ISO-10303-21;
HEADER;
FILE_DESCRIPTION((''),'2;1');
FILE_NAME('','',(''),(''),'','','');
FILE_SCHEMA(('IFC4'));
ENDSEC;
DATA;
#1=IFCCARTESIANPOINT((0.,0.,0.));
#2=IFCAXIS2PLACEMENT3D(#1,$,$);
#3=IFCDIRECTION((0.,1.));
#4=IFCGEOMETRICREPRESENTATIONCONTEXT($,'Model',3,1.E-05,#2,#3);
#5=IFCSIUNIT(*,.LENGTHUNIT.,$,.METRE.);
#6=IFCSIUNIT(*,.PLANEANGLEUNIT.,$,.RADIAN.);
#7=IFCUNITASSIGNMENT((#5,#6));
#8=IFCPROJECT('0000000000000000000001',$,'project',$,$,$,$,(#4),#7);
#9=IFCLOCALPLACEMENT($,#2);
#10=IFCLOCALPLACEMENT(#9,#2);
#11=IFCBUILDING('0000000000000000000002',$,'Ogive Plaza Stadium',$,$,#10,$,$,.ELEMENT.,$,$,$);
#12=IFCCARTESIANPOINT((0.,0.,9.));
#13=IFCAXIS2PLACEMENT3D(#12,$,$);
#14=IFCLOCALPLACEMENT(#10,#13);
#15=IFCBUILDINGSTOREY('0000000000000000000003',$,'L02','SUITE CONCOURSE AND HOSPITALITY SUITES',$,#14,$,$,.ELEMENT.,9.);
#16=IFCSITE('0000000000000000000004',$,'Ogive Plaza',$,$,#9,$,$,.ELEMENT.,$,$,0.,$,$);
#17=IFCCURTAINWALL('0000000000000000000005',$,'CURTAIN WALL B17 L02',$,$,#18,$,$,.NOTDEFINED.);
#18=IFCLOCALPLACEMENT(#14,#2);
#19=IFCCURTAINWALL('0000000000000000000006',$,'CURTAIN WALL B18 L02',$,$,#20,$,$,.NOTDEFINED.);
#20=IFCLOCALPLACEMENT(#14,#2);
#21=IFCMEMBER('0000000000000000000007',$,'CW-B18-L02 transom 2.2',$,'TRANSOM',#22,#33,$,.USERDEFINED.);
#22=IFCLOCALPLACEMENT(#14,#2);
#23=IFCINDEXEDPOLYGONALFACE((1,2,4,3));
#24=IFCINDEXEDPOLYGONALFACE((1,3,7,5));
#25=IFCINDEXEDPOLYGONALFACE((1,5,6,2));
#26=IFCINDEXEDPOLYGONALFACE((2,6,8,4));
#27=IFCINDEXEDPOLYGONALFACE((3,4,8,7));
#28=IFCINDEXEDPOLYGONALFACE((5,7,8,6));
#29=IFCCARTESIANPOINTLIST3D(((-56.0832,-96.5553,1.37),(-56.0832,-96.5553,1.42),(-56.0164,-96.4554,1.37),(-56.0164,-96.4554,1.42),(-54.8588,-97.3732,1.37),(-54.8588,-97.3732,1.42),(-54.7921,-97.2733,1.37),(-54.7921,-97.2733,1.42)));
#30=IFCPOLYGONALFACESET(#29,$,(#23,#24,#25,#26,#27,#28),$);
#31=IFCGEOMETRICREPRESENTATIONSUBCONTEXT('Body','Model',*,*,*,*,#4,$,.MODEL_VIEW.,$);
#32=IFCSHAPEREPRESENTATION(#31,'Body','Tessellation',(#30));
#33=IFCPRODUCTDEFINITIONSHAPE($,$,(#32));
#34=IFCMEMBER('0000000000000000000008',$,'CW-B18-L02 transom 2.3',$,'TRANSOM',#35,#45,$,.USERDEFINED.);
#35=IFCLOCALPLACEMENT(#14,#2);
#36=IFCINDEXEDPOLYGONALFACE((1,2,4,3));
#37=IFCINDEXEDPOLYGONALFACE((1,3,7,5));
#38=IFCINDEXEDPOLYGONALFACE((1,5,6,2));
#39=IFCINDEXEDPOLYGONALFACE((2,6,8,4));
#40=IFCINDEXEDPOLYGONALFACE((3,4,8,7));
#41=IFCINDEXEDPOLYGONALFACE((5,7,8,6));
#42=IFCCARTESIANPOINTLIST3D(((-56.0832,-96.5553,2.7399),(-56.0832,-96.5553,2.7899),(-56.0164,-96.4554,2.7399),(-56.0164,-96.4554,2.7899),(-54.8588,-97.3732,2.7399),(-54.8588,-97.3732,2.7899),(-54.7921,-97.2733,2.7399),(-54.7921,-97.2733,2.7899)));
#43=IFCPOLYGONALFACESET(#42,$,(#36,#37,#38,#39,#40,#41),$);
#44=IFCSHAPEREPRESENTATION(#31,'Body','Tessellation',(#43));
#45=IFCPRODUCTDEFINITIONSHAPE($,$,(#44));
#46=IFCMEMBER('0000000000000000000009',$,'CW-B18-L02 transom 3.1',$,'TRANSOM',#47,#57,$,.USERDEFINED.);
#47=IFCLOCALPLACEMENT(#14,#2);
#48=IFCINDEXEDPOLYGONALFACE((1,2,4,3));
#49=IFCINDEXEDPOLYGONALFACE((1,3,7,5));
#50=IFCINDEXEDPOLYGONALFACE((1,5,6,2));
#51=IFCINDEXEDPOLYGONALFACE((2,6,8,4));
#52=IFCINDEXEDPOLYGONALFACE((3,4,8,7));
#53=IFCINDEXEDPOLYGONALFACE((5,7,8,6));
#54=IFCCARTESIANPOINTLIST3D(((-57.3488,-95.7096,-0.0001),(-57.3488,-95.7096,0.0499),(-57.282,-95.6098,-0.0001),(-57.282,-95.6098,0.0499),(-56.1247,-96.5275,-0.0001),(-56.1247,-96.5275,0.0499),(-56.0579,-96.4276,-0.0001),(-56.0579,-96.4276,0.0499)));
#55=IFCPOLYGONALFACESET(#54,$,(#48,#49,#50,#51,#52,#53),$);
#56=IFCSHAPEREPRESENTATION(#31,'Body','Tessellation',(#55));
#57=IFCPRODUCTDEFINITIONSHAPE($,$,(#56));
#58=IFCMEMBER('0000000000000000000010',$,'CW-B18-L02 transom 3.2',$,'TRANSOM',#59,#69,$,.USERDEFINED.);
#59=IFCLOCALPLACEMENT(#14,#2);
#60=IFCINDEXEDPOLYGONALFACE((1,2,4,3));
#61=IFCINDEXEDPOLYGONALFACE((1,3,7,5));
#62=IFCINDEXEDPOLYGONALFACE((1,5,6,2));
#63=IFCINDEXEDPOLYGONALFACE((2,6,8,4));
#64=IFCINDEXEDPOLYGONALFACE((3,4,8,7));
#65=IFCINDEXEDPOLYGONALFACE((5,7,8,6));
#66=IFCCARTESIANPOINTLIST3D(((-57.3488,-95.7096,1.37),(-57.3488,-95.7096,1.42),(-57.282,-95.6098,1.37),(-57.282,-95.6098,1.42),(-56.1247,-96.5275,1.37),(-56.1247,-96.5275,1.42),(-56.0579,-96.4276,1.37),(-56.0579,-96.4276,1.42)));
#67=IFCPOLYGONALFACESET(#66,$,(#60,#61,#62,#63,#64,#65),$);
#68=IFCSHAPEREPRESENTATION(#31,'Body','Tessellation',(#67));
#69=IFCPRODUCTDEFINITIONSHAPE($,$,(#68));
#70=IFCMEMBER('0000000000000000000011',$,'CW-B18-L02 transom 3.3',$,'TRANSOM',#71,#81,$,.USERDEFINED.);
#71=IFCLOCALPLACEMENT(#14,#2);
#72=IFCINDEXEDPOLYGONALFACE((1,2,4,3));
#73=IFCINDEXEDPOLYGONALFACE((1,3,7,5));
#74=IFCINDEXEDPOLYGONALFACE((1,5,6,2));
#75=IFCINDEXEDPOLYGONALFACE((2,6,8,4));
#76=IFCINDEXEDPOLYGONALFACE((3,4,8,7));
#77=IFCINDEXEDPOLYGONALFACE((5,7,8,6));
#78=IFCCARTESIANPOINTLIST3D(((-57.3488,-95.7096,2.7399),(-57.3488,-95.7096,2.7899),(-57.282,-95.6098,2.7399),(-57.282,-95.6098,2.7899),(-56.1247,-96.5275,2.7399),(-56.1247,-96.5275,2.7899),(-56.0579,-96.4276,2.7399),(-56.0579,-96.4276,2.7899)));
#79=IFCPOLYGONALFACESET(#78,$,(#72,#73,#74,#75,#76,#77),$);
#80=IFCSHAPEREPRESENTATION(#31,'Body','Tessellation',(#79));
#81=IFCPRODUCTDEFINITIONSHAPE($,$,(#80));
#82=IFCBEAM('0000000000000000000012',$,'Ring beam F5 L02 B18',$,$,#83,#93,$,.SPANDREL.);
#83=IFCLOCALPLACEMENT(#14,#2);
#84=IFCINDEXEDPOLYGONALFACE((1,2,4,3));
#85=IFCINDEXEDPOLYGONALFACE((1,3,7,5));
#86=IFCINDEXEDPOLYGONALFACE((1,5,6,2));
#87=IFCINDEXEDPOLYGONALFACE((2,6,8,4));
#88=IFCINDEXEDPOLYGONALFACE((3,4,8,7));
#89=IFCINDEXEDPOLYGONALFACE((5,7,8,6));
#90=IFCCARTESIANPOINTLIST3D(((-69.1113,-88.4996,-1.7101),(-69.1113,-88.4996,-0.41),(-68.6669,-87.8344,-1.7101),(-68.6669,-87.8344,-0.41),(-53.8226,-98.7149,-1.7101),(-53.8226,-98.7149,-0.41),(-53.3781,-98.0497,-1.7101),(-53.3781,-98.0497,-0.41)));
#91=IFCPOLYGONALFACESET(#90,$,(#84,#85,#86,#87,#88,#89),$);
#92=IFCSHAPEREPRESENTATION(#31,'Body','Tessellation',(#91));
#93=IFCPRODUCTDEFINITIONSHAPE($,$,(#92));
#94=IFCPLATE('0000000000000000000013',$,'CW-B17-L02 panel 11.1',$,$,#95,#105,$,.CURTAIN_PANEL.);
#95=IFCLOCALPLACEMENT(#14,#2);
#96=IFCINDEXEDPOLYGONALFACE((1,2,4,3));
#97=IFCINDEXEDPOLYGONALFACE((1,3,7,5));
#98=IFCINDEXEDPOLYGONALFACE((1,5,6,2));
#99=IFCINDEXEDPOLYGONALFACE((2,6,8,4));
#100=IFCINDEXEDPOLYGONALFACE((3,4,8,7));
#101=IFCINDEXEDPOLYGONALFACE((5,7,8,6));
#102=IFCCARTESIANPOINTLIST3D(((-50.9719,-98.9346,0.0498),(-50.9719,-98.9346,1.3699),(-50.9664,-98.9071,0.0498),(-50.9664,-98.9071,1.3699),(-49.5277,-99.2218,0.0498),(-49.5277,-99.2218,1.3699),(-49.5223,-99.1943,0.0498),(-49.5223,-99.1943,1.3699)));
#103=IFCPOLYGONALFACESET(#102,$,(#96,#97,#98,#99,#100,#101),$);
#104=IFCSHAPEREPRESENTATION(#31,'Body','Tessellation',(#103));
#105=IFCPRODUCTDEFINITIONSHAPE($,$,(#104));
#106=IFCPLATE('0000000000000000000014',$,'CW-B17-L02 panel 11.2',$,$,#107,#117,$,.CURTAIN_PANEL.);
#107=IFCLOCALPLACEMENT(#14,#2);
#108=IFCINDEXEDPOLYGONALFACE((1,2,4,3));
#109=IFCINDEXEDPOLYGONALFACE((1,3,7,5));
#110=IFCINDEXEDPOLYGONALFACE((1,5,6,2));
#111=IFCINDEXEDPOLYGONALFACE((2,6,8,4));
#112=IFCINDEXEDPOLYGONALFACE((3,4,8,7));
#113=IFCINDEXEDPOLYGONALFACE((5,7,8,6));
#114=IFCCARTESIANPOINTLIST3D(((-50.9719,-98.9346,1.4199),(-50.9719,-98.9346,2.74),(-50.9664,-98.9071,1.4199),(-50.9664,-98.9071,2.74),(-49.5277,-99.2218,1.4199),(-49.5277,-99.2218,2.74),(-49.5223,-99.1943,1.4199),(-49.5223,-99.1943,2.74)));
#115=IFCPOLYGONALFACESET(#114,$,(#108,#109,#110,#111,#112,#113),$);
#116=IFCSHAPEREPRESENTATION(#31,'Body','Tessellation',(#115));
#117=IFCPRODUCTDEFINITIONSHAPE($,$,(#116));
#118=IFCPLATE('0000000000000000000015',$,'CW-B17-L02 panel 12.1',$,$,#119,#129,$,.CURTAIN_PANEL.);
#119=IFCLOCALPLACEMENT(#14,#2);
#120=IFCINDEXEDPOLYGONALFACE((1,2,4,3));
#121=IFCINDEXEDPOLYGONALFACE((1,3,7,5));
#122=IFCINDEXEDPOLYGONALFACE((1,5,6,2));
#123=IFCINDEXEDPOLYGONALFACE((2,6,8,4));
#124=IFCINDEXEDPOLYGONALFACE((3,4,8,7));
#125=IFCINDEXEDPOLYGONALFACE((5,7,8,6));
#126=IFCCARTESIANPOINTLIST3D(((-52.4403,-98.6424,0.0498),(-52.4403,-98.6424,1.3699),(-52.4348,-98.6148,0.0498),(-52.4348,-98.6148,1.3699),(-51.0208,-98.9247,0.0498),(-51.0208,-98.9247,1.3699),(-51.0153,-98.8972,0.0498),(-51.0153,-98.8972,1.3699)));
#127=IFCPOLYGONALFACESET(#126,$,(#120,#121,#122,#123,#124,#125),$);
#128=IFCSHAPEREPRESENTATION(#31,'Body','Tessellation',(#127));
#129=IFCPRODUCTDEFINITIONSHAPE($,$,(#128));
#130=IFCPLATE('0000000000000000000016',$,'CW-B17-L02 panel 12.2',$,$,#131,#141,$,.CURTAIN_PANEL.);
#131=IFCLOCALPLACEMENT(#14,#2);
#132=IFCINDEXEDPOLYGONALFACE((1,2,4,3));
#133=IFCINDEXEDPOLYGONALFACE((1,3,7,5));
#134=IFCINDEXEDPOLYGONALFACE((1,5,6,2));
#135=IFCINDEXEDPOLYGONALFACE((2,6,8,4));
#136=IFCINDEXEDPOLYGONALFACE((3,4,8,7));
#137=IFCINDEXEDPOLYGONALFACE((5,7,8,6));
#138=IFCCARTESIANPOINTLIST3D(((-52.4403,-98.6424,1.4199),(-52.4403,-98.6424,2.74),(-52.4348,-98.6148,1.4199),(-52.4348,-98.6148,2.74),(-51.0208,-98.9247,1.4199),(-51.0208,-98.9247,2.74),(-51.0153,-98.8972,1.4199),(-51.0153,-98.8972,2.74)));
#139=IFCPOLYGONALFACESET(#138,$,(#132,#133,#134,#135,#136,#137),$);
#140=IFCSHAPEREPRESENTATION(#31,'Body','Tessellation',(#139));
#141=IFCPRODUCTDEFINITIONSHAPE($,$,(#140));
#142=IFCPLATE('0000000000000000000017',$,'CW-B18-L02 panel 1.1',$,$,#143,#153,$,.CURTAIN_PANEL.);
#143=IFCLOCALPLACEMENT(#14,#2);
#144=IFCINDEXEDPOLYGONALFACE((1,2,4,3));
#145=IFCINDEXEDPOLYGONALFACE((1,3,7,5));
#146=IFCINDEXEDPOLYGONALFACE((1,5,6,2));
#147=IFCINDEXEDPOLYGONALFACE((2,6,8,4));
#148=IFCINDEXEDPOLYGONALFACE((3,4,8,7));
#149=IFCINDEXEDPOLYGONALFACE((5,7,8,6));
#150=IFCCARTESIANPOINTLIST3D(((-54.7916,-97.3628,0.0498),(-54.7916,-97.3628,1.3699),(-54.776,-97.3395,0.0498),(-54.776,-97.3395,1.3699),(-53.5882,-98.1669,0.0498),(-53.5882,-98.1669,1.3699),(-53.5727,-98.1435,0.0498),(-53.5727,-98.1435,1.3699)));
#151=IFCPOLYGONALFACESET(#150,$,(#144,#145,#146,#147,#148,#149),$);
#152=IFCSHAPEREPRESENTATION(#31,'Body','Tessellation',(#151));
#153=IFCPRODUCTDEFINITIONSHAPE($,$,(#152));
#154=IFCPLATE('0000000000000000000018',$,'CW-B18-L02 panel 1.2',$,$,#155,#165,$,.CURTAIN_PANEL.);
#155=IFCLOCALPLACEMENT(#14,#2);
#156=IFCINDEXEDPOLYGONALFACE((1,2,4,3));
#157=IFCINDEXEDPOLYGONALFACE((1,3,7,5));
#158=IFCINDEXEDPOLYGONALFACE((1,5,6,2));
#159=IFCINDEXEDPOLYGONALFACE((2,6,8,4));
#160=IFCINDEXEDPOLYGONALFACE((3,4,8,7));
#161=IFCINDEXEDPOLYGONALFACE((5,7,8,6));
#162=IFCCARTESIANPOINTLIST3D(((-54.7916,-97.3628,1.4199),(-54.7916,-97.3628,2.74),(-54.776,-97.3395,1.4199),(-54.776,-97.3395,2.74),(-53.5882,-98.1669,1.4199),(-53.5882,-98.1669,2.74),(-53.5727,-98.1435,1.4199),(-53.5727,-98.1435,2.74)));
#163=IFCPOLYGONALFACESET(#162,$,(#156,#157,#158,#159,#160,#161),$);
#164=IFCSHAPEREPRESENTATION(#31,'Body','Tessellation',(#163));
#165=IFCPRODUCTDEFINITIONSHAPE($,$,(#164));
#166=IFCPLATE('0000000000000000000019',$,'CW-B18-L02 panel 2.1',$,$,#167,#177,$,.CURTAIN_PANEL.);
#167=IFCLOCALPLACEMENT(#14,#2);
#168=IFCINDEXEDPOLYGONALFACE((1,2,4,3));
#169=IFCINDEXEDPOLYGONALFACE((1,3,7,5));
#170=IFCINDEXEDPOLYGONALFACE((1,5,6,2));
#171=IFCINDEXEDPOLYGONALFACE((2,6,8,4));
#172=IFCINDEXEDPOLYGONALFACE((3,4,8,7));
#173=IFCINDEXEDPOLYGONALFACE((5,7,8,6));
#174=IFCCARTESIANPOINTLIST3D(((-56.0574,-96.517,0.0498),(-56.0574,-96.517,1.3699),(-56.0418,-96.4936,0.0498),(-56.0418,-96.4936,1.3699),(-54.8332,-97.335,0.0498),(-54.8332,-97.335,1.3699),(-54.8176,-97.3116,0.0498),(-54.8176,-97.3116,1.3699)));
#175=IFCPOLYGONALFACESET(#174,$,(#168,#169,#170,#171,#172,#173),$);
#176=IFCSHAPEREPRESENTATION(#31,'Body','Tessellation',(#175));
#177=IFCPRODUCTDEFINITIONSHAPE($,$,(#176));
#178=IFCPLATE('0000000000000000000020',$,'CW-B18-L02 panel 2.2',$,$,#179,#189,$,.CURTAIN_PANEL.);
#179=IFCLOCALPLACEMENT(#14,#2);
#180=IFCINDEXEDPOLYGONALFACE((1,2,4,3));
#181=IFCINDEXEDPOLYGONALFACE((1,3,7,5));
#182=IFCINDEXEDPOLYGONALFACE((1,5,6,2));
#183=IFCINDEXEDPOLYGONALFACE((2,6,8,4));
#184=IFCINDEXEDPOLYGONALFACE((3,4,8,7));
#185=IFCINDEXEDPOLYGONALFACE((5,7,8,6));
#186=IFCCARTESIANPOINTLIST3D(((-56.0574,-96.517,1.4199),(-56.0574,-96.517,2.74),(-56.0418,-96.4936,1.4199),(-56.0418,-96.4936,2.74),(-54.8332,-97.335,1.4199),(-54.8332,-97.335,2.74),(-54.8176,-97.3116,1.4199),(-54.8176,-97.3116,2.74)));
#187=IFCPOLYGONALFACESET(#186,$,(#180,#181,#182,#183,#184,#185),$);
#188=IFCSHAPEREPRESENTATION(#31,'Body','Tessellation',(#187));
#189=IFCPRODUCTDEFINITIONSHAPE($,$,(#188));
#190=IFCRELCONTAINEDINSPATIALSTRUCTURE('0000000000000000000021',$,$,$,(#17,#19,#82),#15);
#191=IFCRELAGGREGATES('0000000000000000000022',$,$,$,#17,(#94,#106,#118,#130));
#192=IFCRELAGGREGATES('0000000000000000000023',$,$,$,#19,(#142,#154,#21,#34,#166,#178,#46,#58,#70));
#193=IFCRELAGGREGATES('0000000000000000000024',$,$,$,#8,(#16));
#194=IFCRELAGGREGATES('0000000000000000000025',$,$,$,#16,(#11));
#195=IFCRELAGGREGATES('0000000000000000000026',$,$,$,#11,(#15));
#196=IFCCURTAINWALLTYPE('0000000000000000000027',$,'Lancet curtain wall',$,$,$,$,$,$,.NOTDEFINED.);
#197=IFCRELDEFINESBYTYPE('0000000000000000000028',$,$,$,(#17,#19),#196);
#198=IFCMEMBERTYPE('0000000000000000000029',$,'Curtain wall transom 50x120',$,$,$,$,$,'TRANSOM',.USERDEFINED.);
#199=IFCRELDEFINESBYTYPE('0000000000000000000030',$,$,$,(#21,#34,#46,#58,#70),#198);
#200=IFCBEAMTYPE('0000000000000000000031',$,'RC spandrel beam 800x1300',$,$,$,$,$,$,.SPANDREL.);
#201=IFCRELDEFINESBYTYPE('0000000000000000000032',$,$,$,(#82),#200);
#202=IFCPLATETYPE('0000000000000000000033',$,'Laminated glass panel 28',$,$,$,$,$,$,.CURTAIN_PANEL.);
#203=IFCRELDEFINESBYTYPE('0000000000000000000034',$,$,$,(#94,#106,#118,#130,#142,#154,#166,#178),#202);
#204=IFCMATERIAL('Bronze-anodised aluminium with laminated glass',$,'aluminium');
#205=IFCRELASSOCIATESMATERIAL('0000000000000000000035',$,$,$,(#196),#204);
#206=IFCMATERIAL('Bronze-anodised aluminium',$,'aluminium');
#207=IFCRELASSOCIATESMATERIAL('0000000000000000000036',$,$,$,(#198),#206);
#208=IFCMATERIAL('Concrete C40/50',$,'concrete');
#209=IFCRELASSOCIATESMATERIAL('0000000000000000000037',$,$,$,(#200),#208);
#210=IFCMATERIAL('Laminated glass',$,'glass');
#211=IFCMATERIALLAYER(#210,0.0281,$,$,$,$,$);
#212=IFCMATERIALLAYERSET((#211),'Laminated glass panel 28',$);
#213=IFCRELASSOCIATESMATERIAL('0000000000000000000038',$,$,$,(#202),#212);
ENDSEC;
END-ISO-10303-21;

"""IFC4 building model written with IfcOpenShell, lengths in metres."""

from ifc_helpers import new_model, si_unit, direction, frame, origin, origin_2d, place, context, subcontext, project, spatial, rectangle, extrude, material, layer, layer_set, material_profile, profile_set, type_object, element, aggregate, save


model = new_model("IFC4")

# Units and contexts
model_context = context("Model", 3, precision=1e-05, world=origin(), true_north=direction((0.0, 1.0)))
body_context = subcontext(model_context, "Body", "Model", "MODEL_VIEW")
ifc_project = project(units=[si_unit("LENGTHUNIT", "METRE"), si_unit("PLANEANGLEUNIT", "RADIAN")], contexts=[model_context])

# Site, building, storey
site_placement = place(None, origin())
site = spatial("IfcSite", under=ifc_project, at=site_placement, Name="Ogive Plaza", CompositionType="ELEMENT", RefElevation=0.0)
building_placement = place(site_placement, origin())
building = spatial("IfcBuilding", under=site, at=building_placement, Name="Ogive Plaza Stadium", CompositionType="ELEMENT")
storey_placement = place(building_placement, frame((0.0, 0.0, 9.0)))
storey = spatial("IfcBuildingStorey", under=building, at=storey_placement, Name="L02", Description="SUITE CONCOURSE AND HOSPITALITY SUITES", CompositionType="ELEMENT", Elevation=9.0)

# Curtain walls
ifc_material_1 = material(Name="Bronze-anodised aluminium with laminated glass", Category="aluminium")
curtain_wall_type = type_object("IfcCurtainWallType", Name="Lancet curtain wall", PredefinedType="NOTDEFINED", material=ifc_material_1)
curtain_wall_1_placement = place(storey_placement, origin())
curtain_wall_1 = element("IfcCurtainWall", 1, at=curtain_wall_1_placement, inside=storey, type_object=curtain_wall_type, Name="CURTAIN WALL B17 L02", PredefinedType="NOTDEFINED")
curtain_wall_2_placement = place(storey_placement, origin())
curtain_wall_2 = element("IfcCurtainWall", 2, at=curtain_wall_2_placement, inside=storey, type_object=curtain_wall_type, Name="CURTAIN WALL B18 L02", PredefinedType="NOTDEFINED")

# Members
ifc_material_2 = material(Name="Bronze-anodised aluminium", Category="aluminium")
ifc_material_profile_1 = material_profile(ifc_material_2, rectangle(XDim=0.1201, YDim=0.05, at=origin_2d()), Name="AL 120x50")
ifc_profile_set_1 = profile_set([ifc_material_profile_1], Name="Bronze-anodised aluminium")
member_type_1 = type_object("IfcMemberType", Name="Curtain wall transom 50x120", ElementType="TRANSOM", PredefinedType="USERDEFINED", material=ifc_profile_set_1)
member_1_placement = place(storey_placement, frame((-54.8254, -97.3232, 1.395), z_axis=(-0.83154, 0.555465, 0.0), x_axis=(-0.555465, -0.83154, 0.0)))
member_1 = element("IfcMember", 3, at=member_1_placement, type_object=member_type_1, Name="CW-B18-L02 transom 2.2", ObjectType="TRANSOM", PredefinedType="USERDEFINED", context=body_context, shape_type="SweptSolid", body=[
    extrude(rectangle(XDim=0.1201, YDim=0.05, at=origin_2d()), origin(), (0.0, 0.0, 1.0), 1.4724),
])
member_2_placement = place(storey_placement, frame((-54.8254, -97.3232, 2.7649), z_axis=(-0.83154, 0.555465, 0.0), x_axis=(-0.555465, -0.83154, 0.0)))
member_2 = element("IfcMember", 4, at=member_2_placement, type_object=member_type_1, Name="CW-B18-L02 transom 2.3", ObjectType="TRANSOM", PredefinedType="USERDEFINED", context=body_context, shape_type="SweptSolid", body=[
    extrude(rectangle(XDim=0.1201, YDim=0.05, at=origin_2d()), origin(), (0.0, 0.0, 1.0), 1.4724),
])
member_3_placement = place(storey_placement, frame((-56.0913, -96.4775, 0.0249), z_axis=(-0.831489, 0.555542, 0.0), x_axis=(-0.555542, -0.831489, 0.0)))
member_3 = element("IfcMember", 5, at=member_3_placement, type_object=member_type_1, Name="CW-B18-L02 transom 3.1", ObjectType="TRANSOM", PredefinedType="USERDEFINED", context=body_context, shape_type="SweptSolid", body=[
    extrude(rectangle(XDim=0.1201, YDim=0.05, at=origin_2d()), origin(), (0.0, 0.0, 1.0), 1.4722),
])
member_4_placement = place(storey_placement, frame((-56.0913, -96.4775, 1.395), z_axis=(-0.831489, 0.555542, 0.0), x_axis=(-0.555542, -0.831489, 0.0)))
member_4 = element("IfcMember", 6, at=member_4_placement, type_object=member_type_1, Name="CW-B18-L02 transom 3.2", ObjectType="TRANSOM", PredefinedType="USERDEFINED", context=body_context, shape_type="SweptSolid", body=[
    extrude(rectangle(XDim=0.1201, YDim=0.05, at=origin_2d()), origin(), (0.0, 0.0, 1.0), 1.4722),
])
member_5_placement = place(storey_placement, frame((-56.0913, -96.4775, 2.7649), z_axis=(-0.831489, 0.555542, 0.0), x_axis=(-0.555542, -0.831489, 0.0)))
member_5 = element("IfcMember", 7, at=member_5_placement, type_object=member_type_1, Name="CW-B18-L02 transom 3.3", ObjectType="TRANSOM", PredefinedType="USERDEFINED", context=body_context, shape_type="SweptSolid", body=[
    extrude(rectangle(XDim=0.1201, YDim=0.05, at=origin_2d()), origin(), (0.0, 0.0, 1.0), 1.4722),
])

# Beam
ifc_material_3 = material(Name="Concrete C40/50", Category="concrete")
ifc_material_profile_2 = material_profile(ifc_material_3, rectangle(XDim=0.8, YDim=1.3, at=origin_2d()), Name="RC 800x1300")
ifc_profile_set_2 = profile_set([ifc_material_profile_2], Name="Concrete C40/50")
beam_type = type_object("IfcBeamType", Name="RC spandrel beam 800x1300", PredefinedType="SPANDREL", material=ifc_profile_set_2)
beam_placement = place(storey_placement, frame((-53.6003, -98.3823, -1.0601), z_axis=(-0.831478, 0.555558, 0.0), x_axis=(-0.555558, -0.831478, 0.0)))
element("IfcBeam", 8, at=beam_placement, inside=storey, type_object=beam_type, Name="Ring beam F5 L02 B18", PredefinedType="SPANDREL", context=body_context, shape_type="SweptSolid", body=[
    extrude(rectangle(XDim=0.8, YDim=1.3, at=origin_2d()), origin(), (0.0, 0.0, 1.0), 18.3875),
])

# Plates
ifc_material_4 = material(Name="Laminated glass", Category="glass")
ifc_layer = layer(ifc_material_4, 0.0281)
ifc_layer_set = layer_set([ifc_layer], Name="Laminated glass panel 28")
plate_type = type_object("IfcPlateType", Name="Laminated glass panel 28", PredefinedType="CURTAIN_PANEL", material=ifc_layer_set)
plate_1_placement = place(storey_placement, frame((-50.2471, -99.0645, 0.0498), z_axis=(0.0, 0.0, 1.0), x_axis=(-0.980785, 0.19509, 0.0)))
plate_1 = element("IfcPlate", 9, at=plate_1_placement, type_object=plate_type, Name="CW-B17-L02 panel 11.1", PredefinedType="CURTAIN_PANEL", context=body_context, shape_type="SweptSolid", body=[
    extrude(rectangle(XDim=1.4724, YDim=0.0281, at=origin_2d()), origin(), (0.0, 0.0, 1.0), 1.3201),
])
plate_2_placement = place(storey_placement, frame((-50.2471, -99.0645, 1.4199), z_axis=(0.0, 0.0, 1.0), x_axis=(-0.980785, 0.19509, 0.0)))
plate_2 = element("IfcPlate", 10, at=plate_2_placement, type_object=plate_type, Name="CW-B17-L02 panel 11.2", PredefinedType="CURTAIN_PANEL", context=body_context, shape_type="SweptSolid", body=[
    extrude(rectangle(XDim=1.4724, YDim=0.0281, at=origin_2d()), origin(), (0.0, 0.0, 1.0), 1.3201),
])
plate_3_placement = place(storey_placement, frame((-51.7278, -98.7698, 0.0498), z_axis=(0.0, 0.0, 1.0), x_axis=(-0.980785, 0.19509, 0.0)))
plate_3 = element("IfcPlate", 11, at=plate_3_placement, type_object=plate_type, Name="CW-B17-L02 panel 12.1", PredefinedType="CURTAIN_PANEL", context=body_context, shape_type="SweptSolid", body=[
    extrude(rectangle(XDim=1.4473, YDim=0.0281, at=origin_2d()), origin(), (0.0, 0.0, 1.0), 1.3201),
])
plate_4_placement = place(storey_placement, frame((-51.7278, -98.7698, 1.4199), z_axis=(0.0, 0.0, 1.0), x_axis=(-0.980785, 0.19509, 0.0)))
plate_4 = element("IfcPlate", 12, at=plate_4_placement, type_object=plate_type, Name="CW-B17-L02 panel 12.2", PredefinedType="CURTAIN_PANEL", context=body_context, shape_type="SweptSolid", body=[
    extrude(rectangle(XDim=1.4473, YDim=0.0281, at=origin_2d()), origin(), (0.0, 0.0, 1.0), 1.3201),
])
aggregate(curtain_wall_1, [plate_1, plate_2, plate_3, plate_4])
plate_5_placement = place(storey_placement, frame((-54.1821, -97.7532, 0.0498), z_axis=(0.0, 0.0, 1.0), x_axis=(-0.83147, 0.55557, 0.0)))
plate_5 = element("IfcPlate", 13, at=plate_5_placement, type_object=plate_type, Name="CW-B18-L02 panel 1.1", PredefinedType="CURTAIN_PANEL", context=body_context, shape_type="SweptSolid", body=[
    extrude(rectangle(XDim=1.4473, YDim=0.0281, at=origin_2d()), origin(), (0.0, 0.0, 1.0), 1.3201),
])
plate_6_placement = place(storey_placement, frame((-54.1821, -97.7532, 1.4199), z_axis=(0.0, 0.0, 1.0), x_axis=(-0.83147, 0.55557, 0.0)))
plate_6 = element("IfcPlate", 14, at=plate_6_placement, type_object=plate_type, Name="CW-B18-L02 panel 1.2", PredefinedType="CURTAIN_PANEL", context=body_context, shape_type="SweptSolid", body=[
    extrude(rectangle(XDim=1.4473, YDim=0.0281, at=origin_2d()), origin(), (0.0, 0.0, 1.0), 1.3201),
])
plate_7_placement = place(storey_placement, frame((-55.4375, -96.9143, 0.0498), z_axis=(0.0, 0.0, 1.0), x_axis=(-0.83147, 0.55557, 0.0)))
plate_7 = element("IfcPlate", 15, at=plate_7_placement, type_object=plate_type, Name="CW-B18-L02 panel 2.1", PredefinedType="CURTAIN_PANEL", context=body_context, shape_type="SweptSolid", body=[
    extrude(rectangle(XDim=1.4724, YDim=0.0281, at=origin_2d()), origin(), (0.0, 0.0, 1.0), 1.3201),
])
plate_8_placement = place(storey_placement, frame((-55.4375, -96.9143, 1.4199), z_axis=(0.0, 0.0, 1.0), x_axis=(-0.83147, 0.55557, 0.0)))
plate_8 = element("IfcPlate", 16, at=plate_8_placement, type_object=plate_type, Name="CW-B18-L02 panel 2.2", PredefinedType="CURTAIN_PANEL", context=body_context, shape_type="SweptSolid", body=[
    extrude(rectangle(XDim=1.4724, YDim=0.0281, at=origin_2d()), origin(), (0.0, 0.0, 1.0), 1.3201),
])
aggregate(curtain_wall_2, [plate_5, plate_6, member_1, member_2, plate_7, plate_8, member_3, member_4, member_5])

save(model, "model.ifc")
